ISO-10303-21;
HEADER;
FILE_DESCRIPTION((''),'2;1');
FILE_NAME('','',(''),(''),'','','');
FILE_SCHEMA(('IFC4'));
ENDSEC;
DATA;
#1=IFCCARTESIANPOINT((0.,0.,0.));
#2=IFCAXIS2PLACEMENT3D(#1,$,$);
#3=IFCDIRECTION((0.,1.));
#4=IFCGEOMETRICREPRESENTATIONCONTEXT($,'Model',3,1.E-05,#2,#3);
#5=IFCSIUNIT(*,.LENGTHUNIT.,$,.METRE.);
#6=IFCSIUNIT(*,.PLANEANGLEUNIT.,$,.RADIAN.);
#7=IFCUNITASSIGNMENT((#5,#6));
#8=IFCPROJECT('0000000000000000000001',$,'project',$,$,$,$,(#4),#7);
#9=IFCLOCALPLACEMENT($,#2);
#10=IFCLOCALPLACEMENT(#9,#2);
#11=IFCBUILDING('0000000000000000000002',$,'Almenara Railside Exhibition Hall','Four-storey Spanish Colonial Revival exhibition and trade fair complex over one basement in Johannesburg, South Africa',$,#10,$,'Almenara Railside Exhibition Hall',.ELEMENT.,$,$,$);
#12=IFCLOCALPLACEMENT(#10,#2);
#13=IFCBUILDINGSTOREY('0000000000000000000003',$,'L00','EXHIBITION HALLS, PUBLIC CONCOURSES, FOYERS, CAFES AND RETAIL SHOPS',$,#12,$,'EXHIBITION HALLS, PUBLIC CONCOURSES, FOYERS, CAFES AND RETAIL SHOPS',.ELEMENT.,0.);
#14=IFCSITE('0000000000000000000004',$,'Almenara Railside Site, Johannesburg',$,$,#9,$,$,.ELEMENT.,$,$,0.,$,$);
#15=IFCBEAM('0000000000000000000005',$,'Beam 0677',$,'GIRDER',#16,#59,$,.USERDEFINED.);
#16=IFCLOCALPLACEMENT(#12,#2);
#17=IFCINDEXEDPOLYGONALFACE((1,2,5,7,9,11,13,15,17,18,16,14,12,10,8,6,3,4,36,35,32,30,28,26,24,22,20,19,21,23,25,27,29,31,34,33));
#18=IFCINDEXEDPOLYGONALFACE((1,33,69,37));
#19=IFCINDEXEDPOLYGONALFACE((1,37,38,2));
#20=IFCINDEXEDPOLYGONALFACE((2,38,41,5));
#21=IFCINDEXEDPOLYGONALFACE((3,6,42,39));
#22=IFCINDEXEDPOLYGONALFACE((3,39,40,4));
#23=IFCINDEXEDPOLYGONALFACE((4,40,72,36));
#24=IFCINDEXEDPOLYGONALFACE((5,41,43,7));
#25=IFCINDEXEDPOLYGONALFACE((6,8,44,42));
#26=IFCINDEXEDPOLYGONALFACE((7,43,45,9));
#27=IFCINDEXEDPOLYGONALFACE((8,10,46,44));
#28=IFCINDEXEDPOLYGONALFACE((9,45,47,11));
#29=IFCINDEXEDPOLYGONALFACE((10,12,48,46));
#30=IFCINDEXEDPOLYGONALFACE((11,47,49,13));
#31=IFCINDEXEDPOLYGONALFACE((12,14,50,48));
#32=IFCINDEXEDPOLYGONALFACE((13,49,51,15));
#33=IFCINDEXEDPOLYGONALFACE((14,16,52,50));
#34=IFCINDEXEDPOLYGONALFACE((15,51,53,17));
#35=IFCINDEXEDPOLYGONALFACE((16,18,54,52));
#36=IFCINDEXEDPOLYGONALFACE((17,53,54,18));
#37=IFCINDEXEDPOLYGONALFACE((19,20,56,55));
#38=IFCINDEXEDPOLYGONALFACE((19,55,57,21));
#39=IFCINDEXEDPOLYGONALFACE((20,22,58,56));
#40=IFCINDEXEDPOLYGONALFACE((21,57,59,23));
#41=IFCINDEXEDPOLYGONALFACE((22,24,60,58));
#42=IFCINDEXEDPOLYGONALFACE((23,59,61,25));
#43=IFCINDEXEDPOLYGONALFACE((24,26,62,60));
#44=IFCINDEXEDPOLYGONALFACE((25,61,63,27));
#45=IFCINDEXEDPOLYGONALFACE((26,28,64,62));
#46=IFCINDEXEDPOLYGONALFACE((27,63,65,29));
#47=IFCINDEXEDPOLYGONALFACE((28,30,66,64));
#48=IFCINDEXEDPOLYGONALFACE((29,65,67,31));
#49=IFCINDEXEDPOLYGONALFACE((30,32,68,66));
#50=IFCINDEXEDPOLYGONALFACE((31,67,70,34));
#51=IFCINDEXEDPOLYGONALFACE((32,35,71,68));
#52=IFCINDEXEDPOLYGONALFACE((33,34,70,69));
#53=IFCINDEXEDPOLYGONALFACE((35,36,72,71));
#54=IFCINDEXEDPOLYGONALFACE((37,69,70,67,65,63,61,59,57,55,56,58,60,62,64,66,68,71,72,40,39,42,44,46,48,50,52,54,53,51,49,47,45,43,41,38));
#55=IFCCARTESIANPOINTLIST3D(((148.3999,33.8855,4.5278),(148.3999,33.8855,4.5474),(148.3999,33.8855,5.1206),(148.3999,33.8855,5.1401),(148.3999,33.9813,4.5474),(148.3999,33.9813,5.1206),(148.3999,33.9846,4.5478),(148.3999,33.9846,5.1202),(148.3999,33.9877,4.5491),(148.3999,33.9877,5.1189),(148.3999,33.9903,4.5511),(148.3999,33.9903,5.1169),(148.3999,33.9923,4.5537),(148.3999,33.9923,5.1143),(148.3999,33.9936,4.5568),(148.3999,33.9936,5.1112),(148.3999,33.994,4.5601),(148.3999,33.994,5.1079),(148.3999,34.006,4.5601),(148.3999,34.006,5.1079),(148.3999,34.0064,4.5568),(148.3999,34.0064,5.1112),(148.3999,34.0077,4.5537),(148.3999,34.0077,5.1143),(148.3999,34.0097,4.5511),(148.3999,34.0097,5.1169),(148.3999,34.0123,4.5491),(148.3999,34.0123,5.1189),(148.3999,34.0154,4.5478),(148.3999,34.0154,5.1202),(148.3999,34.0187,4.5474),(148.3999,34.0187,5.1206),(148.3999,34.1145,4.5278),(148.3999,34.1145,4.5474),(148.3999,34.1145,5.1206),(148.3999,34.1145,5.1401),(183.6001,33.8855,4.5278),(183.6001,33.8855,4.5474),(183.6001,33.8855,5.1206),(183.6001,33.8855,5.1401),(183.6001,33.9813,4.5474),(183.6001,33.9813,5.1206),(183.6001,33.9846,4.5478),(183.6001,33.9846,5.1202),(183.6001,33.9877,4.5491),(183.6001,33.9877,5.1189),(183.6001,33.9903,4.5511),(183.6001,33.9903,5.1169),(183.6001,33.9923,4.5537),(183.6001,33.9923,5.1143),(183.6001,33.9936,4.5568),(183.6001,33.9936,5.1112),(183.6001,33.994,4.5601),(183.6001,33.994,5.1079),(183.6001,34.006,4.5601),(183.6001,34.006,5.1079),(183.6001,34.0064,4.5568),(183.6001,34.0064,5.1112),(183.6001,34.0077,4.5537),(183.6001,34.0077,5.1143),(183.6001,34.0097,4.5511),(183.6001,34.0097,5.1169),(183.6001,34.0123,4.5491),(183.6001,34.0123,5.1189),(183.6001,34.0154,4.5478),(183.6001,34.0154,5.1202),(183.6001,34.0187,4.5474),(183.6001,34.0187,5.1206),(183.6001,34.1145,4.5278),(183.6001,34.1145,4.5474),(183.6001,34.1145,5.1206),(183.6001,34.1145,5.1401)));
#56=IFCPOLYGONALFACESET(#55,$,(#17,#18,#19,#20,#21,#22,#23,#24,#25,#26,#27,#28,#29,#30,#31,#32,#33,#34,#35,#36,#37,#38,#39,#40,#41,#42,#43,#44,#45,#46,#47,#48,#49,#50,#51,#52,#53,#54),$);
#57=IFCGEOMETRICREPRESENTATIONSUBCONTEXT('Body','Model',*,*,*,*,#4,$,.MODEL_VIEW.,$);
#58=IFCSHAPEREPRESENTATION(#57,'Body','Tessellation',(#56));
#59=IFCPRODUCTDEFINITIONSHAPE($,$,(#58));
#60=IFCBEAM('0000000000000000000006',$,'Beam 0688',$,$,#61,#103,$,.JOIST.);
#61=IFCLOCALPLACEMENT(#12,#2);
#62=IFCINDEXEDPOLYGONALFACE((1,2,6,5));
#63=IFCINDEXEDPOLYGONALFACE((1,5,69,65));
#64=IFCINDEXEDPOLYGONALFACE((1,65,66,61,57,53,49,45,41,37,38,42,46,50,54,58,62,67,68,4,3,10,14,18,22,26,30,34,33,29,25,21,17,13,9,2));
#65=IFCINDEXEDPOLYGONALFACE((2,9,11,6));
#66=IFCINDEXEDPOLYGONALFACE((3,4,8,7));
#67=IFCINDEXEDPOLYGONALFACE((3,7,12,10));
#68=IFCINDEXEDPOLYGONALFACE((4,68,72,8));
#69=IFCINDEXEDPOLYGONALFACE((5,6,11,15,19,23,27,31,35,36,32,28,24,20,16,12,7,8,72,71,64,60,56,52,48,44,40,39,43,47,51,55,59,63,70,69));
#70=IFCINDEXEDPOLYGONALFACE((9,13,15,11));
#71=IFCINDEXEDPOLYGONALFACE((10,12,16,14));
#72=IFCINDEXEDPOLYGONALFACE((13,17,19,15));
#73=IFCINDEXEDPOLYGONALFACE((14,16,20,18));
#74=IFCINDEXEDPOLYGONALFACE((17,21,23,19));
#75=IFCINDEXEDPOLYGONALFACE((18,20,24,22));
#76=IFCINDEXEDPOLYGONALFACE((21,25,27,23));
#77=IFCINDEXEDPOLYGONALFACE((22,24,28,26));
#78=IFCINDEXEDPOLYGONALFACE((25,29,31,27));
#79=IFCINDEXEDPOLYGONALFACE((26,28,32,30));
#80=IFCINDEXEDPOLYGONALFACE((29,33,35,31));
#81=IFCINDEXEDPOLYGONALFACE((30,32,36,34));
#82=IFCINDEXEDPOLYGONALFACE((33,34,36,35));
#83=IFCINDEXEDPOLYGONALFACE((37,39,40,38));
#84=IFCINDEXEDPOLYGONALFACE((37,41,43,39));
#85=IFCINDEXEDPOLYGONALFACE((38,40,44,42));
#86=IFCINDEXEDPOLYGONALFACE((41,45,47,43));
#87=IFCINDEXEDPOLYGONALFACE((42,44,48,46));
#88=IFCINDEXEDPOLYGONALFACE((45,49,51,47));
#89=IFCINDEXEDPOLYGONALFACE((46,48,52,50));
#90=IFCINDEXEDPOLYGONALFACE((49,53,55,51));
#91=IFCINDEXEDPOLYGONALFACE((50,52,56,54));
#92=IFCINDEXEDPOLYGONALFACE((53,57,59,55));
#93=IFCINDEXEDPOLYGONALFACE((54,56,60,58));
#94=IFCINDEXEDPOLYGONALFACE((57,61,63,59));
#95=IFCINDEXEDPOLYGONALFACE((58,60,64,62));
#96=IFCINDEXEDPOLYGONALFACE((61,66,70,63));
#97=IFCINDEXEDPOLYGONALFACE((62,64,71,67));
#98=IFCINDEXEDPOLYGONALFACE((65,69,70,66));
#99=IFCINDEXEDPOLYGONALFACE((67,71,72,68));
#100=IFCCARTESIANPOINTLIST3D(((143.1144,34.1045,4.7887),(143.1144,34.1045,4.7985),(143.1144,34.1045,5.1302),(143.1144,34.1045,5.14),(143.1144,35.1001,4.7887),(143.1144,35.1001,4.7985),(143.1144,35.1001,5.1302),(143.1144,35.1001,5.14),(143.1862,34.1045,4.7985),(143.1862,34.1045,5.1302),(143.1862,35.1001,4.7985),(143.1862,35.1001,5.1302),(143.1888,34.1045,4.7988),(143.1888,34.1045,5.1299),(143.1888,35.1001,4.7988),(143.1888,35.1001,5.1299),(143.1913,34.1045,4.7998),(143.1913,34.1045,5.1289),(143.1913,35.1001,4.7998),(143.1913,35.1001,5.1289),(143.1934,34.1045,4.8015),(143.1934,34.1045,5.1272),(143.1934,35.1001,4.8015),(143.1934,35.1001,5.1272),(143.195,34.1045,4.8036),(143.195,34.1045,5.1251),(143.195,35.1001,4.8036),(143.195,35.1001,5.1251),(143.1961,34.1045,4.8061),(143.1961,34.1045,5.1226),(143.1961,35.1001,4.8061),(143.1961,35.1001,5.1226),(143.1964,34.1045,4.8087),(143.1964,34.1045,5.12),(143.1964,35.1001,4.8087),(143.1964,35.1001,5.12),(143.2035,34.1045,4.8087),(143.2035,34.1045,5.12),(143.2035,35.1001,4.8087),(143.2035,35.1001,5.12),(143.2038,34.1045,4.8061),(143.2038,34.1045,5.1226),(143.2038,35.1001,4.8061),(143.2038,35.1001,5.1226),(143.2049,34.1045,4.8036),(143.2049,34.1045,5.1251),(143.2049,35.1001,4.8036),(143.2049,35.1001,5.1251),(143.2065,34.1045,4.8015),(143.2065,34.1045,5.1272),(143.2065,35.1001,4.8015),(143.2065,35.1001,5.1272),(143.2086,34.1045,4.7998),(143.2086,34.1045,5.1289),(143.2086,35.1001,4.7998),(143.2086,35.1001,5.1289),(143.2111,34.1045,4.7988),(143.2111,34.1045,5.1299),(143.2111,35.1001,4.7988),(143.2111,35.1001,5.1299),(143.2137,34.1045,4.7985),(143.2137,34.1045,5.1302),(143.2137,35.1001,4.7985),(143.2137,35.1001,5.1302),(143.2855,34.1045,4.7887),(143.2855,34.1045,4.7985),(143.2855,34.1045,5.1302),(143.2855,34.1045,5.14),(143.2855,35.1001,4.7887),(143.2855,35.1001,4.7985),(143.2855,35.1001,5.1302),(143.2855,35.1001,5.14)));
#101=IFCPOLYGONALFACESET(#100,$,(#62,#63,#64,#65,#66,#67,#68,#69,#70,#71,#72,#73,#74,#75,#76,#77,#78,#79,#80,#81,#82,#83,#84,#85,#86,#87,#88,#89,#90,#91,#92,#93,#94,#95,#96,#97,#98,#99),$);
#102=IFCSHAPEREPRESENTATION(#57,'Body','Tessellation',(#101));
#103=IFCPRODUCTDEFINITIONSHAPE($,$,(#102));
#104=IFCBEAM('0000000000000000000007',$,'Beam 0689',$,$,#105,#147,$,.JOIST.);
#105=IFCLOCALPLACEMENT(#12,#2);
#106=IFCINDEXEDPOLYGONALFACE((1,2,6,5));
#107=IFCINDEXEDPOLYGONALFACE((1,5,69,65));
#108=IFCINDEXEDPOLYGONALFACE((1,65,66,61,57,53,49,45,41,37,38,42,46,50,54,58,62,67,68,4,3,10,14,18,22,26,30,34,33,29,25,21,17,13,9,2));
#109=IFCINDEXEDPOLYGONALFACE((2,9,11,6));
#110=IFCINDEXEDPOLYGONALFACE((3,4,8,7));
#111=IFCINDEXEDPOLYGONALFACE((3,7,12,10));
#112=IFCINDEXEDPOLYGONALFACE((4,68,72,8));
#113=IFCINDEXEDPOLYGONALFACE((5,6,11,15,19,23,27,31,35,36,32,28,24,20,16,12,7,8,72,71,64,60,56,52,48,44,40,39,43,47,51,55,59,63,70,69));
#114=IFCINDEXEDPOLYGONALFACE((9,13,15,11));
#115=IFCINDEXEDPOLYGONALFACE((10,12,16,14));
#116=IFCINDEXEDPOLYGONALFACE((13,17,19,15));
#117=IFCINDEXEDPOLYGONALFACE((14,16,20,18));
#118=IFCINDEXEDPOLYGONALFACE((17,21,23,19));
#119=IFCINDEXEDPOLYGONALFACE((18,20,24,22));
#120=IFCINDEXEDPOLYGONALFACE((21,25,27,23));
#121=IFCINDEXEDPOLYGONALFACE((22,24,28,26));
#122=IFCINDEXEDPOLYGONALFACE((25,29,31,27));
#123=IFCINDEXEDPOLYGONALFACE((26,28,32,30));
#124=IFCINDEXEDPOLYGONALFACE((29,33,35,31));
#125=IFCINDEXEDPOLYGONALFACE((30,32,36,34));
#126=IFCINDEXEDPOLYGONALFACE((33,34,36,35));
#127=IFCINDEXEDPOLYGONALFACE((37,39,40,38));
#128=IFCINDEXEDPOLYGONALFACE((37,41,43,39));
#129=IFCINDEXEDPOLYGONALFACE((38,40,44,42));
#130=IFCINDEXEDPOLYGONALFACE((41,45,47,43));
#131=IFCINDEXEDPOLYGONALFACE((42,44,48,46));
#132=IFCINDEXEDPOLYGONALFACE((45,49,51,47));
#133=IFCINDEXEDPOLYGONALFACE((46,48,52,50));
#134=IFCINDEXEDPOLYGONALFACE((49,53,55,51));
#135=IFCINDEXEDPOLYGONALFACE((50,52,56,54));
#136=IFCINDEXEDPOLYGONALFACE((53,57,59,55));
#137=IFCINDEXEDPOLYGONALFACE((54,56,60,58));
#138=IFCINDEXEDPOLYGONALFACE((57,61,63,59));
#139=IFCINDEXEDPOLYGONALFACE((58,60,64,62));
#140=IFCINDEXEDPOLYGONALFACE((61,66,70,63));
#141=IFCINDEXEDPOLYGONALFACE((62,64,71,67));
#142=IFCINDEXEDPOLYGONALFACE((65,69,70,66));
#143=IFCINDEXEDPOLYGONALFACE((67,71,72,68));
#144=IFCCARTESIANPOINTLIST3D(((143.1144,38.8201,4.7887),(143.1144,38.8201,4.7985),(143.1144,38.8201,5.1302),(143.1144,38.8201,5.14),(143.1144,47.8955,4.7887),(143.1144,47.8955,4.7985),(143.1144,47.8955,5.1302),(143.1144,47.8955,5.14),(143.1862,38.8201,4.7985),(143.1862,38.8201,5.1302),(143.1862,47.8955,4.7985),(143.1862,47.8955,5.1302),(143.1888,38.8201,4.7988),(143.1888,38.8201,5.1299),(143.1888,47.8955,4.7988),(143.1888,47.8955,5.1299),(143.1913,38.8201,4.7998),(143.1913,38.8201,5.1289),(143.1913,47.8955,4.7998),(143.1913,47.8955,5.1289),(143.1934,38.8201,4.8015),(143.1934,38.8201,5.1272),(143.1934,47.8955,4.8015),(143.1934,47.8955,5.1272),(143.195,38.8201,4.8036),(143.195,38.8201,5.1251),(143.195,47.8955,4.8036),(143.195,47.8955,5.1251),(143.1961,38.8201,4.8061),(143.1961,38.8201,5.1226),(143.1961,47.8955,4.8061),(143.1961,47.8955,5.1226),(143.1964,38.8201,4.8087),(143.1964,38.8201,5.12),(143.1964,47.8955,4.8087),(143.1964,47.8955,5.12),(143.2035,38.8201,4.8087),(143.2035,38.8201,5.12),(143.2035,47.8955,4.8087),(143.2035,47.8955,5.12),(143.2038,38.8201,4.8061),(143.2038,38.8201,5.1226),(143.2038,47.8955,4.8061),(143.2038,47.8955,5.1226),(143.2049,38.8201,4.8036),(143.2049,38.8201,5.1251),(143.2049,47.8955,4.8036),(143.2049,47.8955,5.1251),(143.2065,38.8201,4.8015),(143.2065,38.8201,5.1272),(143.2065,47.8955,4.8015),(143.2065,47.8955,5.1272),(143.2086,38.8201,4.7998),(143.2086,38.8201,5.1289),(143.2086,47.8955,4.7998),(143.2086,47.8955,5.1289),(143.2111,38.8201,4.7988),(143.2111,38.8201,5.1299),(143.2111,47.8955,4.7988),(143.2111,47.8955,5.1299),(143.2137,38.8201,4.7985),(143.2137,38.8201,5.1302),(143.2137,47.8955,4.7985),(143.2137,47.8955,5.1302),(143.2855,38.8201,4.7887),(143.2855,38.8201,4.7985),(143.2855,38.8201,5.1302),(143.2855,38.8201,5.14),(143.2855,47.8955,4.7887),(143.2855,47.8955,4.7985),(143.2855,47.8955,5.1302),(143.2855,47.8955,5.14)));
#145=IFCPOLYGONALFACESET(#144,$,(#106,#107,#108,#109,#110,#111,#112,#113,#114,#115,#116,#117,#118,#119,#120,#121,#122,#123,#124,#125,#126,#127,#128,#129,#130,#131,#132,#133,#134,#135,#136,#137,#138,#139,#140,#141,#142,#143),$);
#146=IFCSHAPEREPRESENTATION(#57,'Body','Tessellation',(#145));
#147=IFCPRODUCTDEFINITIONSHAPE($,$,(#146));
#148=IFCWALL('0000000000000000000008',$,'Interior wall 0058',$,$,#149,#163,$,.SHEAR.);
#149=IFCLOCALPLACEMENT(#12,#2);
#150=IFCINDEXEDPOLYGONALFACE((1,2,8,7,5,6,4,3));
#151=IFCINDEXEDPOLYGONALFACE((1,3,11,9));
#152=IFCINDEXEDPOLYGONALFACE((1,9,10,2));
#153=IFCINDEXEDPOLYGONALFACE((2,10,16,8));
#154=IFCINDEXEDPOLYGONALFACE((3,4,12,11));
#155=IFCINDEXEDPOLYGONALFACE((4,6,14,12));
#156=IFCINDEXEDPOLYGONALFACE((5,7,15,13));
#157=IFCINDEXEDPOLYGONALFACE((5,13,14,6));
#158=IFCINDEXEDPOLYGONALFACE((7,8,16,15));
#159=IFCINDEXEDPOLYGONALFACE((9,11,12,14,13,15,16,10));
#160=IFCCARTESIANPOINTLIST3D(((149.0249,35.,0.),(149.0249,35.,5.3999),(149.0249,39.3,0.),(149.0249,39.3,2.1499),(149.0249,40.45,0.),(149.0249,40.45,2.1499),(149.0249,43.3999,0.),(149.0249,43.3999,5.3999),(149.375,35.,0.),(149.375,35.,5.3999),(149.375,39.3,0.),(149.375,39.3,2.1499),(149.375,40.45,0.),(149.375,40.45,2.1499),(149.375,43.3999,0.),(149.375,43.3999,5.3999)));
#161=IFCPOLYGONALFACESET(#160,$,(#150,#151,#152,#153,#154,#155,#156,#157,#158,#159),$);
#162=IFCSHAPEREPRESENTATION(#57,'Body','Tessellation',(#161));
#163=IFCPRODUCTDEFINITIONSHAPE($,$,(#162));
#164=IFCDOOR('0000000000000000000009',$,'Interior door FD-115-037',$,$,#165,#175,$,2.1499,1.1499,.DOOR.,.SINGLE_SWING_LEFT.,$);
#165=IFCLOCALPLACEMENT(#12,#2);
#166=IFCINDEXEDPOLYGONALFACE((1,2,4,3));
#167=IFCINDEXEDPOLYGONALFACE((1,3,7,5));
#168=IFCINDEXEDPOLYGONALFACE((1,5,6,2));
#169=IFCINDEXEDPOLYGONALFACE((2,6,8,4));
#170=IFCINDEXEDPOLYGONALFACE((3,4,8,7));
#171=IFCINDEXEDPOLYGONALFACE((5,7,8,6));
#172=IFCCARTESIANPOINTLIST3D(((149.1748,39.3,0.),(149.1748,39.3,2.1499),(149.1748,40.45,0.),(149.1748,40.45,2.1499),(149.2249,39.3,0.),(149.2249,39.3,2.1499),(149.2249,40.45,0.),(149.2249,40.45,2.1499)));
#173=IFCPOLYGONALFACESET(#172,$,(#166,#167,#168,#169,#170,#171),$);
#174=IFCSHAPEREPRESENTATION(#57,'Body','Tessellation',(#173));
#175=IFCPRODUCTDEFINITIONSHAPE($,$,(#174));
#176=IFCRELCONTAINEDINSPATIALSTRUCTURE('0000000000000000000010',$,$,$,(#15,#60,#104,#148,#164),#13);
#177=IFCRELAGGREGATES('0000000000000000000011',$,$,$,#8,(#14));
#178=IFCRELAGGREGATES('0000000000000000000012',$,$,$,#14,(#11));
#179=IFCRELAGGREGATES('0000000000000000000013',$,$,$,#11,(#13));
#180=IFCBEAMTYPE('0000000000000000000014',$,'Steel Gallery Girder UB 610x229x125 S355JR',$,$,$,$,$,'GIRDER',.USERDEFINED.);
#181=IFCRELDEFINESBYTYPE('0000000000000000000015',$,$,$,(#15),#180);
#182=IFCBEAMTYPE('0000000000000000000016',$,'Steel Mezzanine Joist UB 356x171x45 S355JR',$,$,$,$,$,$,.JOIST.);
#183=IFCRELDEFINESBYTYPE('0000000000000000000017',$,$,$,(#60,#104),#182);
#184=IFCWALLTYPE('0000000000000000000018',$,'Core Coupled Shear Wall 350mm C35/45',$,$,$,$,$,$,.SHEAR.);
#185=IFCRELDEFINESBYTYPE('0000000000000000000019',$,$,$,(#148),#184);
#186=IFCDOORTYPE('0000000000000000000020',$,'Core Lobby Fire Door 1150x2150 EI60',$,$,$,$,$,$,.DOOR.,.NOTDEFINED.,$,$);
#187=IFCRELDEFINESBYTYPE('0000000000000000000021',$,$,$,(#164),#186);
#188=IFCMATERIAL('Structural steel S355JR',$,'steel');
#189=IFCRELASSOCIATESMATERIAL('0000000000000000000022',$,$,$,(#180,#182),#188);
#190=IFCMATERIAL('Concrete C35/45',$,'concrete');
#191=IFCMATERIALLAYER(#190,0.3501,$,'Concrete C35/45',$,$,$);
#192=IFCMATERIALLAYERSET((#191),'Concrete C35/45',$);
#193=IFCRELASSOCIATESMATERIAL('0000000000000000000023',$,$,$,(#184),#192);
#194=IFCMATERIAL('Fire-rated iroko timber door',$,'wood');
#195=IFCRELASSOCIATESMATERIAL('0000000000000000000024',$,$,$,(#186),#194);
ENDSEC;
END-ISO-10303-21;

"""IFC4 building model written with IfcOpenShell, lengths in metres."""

from ifc_helpers import new_model, si_unit, direction, frame, frame_2d, origin, origin_2d, place, context, subcontext, project, spatial, rectangle, i_section, extrude, material, layer, layer_set, material_profile, profile_set, type_object, element, fill, save


model = new_model("IFC4")

# Units and contexts
model_context = context("Model", 3, precision=1e-05, world=origin(), true_north=direction((0.0, 1.0)))
body_context = subcontext(model_context, "Body", "Model", "MODEL_VIEW")
ifc_project = project(units=[si_unit("LENGTHUNIT", "METRE"), si_unit("PLANEANGLEUNIT", "RADIAN")], contexts=[model_context])

# Site, building, storey
site_placement = place(None, origin())
site = spatial("IfcSite", under=ifc_project, at=site_placement, Name="Almenara Railside Site, Johannesburg", CompositionType="ELEMENT", RefElevation=0.0)
building_placement = place(site_placement, origin())
building = spatial("IfcBuilding", under=site, at=building_placement, Name="Almenara Railside Exhibition Hall", Description="Four-storey Spanish Colonial Revival exhibition and trade fair complex over one basement in Johannesburg, South Africa", LongName="Almenara Railside Exhibition Hall", CompositionType="ELEMENT")
storey_placement = place(building_placement, origin())
storey = spatial("IfcBuildingStorey", under=building, at=storey_placement, Name="L00", Description="EXHIBITION HALLS, PUBLIC CONCOURSES, FOYERS, CAFES AND RETAIL SHOPS", LongName="EXHIBITION HALLS, PUBLIC CONCOURSES, FOYERS, CAFES AND RETAIL SHOPS", CompositionType="ELEMENT", Elevation=0.0)

# Shared definitions
ifc_material_1 = material(Name="Concrete C35/45", Category="concrete")

# Beams
ifc_material_2 = material(Name="Structural steel S355JR", Category="steel")
ifc_material_profile_1 = material_profile(ifc_material_2, i_section(OverallWidth=0.229, OverallDepth=0.6123, WebThickness=0.012, FlangeThickness=0.0195, FilletRadius=0.0127, at=origin_2d()), Name="UB 610x229x125")
ifc_profile_set_1 = profile_set([ifc_material_profile_1], Name="Structural steel S355JR")
beam_type_1 = type_object("IfcBeamType", Name="Steel Gallery Girder UB 610x229x125 S355JR", ElementType="GIRDER", PredefinedType="USERDEFINED", material=ifc_profile_set_1)
beam_1_placement = place(storey_placement, frame((148.3999, 34.0, 4.834), z_axis=(1.0, 0.0, 0.0), x_axis=(0.0, 1.0, 0.0)))
element("IfcBeam", 1, at=beam_1_placement, inside=storey, type_object=beam_type_1, Name="Beam 0677", ObjectType="GIRDER", PredefinedType="USERDEFINED", context=body_context, shape_type="SweptSolid", body=[
    extrude(i_section(OverallWidth=0.229, OverallDepth=0.6123, WebThickness=0.012, FlangeThickness=0.0195, FilletRadius=0.0127, at=origin_2d()), origin(), (0.0, 0.0, 1.0), 35.2002),
])
ifc_material_profile_2 = material_profile(ifc_material_2, i_section(OverallWidth=0.1711, OverallDepth=0.3513, WebThickness=0.0071, FlangeThickness=0.0098, FilletRadius=0.0103, at=origin_2d()), Name="UB 356x171x45")
ifc_profile_set_2 = profile_set([ifc_material_profile_2], Name="Structural steel S355JR")
beam_type_2 = type_object("IfcBeamType", Name="Steel Mezzanine Joist UB 356x171x45 S355JR", PredefinedType="JOIST", material=ifc_profile_set_2)
beam_2_placement = place(storey_placement, frame((143.2, 34.1045, 4.9644), z_axis=(0.0, 1.0, 0.0), x_axis=(-1.0, 0.0, 0.0)))
element("IfcBeam", 2, at=beam_2_placement, inside=storey, type_object=beam_type_2, Name="Beam 0688", PredefinedType="JOIST", context=body_context, shape_type="SweptSolid", body=[
    extrude(i_section(OverallWidth=0.1711, OverallDepth=0.3513, WebThickness=0.0071, FlangeThickness=0.0098, FilletRadius=0.0103, at=origin_2d()), origin(), (0.0, 0.0, 1.0), 0.9956),
])
beam_3_placement = place(storey_placement, frame((143.2, 38.8201, 4.9644), z_axis=(0.0, 1.0, 0.0), x_axis=(-1.0, 0.0, 0.0)))
element("IfcBeam", 3, at=beam_3_placement, inside=storey, type_object=beam_type_2, Name="Beam 0689", PredefinedType="JOIST", context=body_context, shape_type="SweptSolid", body=[
    extrude(i_section(OverallWidth=0.1711, OverallDepth=0.3513, WebThickness=0.0071, FlangeThickness=0.0098, FilletRadius=0.0103, at=origin_2d()), origin(), (0.0, 0.0, 1.0), 9.0754),
])

# Wall, opening, door
ifc_layer_1 = layer(ifc_material_1, 0.3501, Name="Concrete C35/45")
ifc_layer_set_1 = layer_set([ifc_layer_1], Name="Concrete C35/45")
wall_type_1 = type_object("IfcWallType", Name="Core Coupled Shear Wall 350mm C35/45", PredefinedType="SHEAR", material=ifc_layer_set_1)
wall_1_placement = place(storey_placement, frame((149.2, 35.0, 0.0), z_axis=(0.0, 0.0, 1.0), x_axis=(0.0, 1.0, 0.0)))
wall_1 = element("IfcWall", 4, at=wall_1_placement, inside=storey, type_object=wall_type_1, Name="Interior wall 0058", PredefinedType="SHEAR", context=body_context, shape_type="SweptSolid", body=[
    extrude(rectangle(XDim=8.3999, YDim=0.3501, at=frame_2d((4.2, 0.0))), origin(), (0.0, 0.0, 1.0), 5.3999),
])
opening_1_placement = place(wall_1_placement, frame((4.3, 0.0, 0.0)))
opening_1 = element("IfcOpeningElement", 5, at=opening_1_placement, cuts=wall_1, PredefinedType="OPENING", context=body_context, shape_type="SweptSolid", body=[
    extrude(rectangle(XDim=1.1499, YDim=2.1499, at=frame_2d((0.575, 1.075))), frame((0.0, 0.1851, 0.0), z_axis=(0.0, -1.0, 0.0), x_axis=(1.0, 0.0, 0.0)), (0.0, 0.0, 1.0), 0.3701),
])
ifc_material_3 = material(Name="Fire-rated iroko timber door", Category="wood")
door_type_1 = type_object("IfcDoorType", Name="Core Lobby Fire Door 1150x2150 EI60", OperationType="NOTDEFINED", PredefinedType="DOOR", material=ifc_material_3)
door_1_placement = place(opening_1_placement, frame((1.1499, 0.0, 0.0), z_axis=(0.0, 0.0, 1.0), x_axis=(-1.0, 0.0, 0.0)))
door_1 = element("IfcDoor", 6, at=door_1_placement, inside=storey, type_object=door_type_1, Name="Interior door FD-115-037", OperationType="SINGLE_SWING_LEFT", OverallHeight=2.1499, OverallWidth=1.1499, PredefinedType="DOOR", context=body_context, shape_type="SweptSolid", body=[
    extrude(rectangle(XDim=1.1499, YDim=2.1499, at=frame_2d((0.575, 1.075))), frame((0.0, 0.0249, 0.0), z_axis=(0.0, -1.0, 0.0), x_axis=(1.0, 0.0, 0.0)), (0.0, 0.0, 1.0), 0.05),
])
fill(opening_1, door_1)

save(model, "model.ifc")
